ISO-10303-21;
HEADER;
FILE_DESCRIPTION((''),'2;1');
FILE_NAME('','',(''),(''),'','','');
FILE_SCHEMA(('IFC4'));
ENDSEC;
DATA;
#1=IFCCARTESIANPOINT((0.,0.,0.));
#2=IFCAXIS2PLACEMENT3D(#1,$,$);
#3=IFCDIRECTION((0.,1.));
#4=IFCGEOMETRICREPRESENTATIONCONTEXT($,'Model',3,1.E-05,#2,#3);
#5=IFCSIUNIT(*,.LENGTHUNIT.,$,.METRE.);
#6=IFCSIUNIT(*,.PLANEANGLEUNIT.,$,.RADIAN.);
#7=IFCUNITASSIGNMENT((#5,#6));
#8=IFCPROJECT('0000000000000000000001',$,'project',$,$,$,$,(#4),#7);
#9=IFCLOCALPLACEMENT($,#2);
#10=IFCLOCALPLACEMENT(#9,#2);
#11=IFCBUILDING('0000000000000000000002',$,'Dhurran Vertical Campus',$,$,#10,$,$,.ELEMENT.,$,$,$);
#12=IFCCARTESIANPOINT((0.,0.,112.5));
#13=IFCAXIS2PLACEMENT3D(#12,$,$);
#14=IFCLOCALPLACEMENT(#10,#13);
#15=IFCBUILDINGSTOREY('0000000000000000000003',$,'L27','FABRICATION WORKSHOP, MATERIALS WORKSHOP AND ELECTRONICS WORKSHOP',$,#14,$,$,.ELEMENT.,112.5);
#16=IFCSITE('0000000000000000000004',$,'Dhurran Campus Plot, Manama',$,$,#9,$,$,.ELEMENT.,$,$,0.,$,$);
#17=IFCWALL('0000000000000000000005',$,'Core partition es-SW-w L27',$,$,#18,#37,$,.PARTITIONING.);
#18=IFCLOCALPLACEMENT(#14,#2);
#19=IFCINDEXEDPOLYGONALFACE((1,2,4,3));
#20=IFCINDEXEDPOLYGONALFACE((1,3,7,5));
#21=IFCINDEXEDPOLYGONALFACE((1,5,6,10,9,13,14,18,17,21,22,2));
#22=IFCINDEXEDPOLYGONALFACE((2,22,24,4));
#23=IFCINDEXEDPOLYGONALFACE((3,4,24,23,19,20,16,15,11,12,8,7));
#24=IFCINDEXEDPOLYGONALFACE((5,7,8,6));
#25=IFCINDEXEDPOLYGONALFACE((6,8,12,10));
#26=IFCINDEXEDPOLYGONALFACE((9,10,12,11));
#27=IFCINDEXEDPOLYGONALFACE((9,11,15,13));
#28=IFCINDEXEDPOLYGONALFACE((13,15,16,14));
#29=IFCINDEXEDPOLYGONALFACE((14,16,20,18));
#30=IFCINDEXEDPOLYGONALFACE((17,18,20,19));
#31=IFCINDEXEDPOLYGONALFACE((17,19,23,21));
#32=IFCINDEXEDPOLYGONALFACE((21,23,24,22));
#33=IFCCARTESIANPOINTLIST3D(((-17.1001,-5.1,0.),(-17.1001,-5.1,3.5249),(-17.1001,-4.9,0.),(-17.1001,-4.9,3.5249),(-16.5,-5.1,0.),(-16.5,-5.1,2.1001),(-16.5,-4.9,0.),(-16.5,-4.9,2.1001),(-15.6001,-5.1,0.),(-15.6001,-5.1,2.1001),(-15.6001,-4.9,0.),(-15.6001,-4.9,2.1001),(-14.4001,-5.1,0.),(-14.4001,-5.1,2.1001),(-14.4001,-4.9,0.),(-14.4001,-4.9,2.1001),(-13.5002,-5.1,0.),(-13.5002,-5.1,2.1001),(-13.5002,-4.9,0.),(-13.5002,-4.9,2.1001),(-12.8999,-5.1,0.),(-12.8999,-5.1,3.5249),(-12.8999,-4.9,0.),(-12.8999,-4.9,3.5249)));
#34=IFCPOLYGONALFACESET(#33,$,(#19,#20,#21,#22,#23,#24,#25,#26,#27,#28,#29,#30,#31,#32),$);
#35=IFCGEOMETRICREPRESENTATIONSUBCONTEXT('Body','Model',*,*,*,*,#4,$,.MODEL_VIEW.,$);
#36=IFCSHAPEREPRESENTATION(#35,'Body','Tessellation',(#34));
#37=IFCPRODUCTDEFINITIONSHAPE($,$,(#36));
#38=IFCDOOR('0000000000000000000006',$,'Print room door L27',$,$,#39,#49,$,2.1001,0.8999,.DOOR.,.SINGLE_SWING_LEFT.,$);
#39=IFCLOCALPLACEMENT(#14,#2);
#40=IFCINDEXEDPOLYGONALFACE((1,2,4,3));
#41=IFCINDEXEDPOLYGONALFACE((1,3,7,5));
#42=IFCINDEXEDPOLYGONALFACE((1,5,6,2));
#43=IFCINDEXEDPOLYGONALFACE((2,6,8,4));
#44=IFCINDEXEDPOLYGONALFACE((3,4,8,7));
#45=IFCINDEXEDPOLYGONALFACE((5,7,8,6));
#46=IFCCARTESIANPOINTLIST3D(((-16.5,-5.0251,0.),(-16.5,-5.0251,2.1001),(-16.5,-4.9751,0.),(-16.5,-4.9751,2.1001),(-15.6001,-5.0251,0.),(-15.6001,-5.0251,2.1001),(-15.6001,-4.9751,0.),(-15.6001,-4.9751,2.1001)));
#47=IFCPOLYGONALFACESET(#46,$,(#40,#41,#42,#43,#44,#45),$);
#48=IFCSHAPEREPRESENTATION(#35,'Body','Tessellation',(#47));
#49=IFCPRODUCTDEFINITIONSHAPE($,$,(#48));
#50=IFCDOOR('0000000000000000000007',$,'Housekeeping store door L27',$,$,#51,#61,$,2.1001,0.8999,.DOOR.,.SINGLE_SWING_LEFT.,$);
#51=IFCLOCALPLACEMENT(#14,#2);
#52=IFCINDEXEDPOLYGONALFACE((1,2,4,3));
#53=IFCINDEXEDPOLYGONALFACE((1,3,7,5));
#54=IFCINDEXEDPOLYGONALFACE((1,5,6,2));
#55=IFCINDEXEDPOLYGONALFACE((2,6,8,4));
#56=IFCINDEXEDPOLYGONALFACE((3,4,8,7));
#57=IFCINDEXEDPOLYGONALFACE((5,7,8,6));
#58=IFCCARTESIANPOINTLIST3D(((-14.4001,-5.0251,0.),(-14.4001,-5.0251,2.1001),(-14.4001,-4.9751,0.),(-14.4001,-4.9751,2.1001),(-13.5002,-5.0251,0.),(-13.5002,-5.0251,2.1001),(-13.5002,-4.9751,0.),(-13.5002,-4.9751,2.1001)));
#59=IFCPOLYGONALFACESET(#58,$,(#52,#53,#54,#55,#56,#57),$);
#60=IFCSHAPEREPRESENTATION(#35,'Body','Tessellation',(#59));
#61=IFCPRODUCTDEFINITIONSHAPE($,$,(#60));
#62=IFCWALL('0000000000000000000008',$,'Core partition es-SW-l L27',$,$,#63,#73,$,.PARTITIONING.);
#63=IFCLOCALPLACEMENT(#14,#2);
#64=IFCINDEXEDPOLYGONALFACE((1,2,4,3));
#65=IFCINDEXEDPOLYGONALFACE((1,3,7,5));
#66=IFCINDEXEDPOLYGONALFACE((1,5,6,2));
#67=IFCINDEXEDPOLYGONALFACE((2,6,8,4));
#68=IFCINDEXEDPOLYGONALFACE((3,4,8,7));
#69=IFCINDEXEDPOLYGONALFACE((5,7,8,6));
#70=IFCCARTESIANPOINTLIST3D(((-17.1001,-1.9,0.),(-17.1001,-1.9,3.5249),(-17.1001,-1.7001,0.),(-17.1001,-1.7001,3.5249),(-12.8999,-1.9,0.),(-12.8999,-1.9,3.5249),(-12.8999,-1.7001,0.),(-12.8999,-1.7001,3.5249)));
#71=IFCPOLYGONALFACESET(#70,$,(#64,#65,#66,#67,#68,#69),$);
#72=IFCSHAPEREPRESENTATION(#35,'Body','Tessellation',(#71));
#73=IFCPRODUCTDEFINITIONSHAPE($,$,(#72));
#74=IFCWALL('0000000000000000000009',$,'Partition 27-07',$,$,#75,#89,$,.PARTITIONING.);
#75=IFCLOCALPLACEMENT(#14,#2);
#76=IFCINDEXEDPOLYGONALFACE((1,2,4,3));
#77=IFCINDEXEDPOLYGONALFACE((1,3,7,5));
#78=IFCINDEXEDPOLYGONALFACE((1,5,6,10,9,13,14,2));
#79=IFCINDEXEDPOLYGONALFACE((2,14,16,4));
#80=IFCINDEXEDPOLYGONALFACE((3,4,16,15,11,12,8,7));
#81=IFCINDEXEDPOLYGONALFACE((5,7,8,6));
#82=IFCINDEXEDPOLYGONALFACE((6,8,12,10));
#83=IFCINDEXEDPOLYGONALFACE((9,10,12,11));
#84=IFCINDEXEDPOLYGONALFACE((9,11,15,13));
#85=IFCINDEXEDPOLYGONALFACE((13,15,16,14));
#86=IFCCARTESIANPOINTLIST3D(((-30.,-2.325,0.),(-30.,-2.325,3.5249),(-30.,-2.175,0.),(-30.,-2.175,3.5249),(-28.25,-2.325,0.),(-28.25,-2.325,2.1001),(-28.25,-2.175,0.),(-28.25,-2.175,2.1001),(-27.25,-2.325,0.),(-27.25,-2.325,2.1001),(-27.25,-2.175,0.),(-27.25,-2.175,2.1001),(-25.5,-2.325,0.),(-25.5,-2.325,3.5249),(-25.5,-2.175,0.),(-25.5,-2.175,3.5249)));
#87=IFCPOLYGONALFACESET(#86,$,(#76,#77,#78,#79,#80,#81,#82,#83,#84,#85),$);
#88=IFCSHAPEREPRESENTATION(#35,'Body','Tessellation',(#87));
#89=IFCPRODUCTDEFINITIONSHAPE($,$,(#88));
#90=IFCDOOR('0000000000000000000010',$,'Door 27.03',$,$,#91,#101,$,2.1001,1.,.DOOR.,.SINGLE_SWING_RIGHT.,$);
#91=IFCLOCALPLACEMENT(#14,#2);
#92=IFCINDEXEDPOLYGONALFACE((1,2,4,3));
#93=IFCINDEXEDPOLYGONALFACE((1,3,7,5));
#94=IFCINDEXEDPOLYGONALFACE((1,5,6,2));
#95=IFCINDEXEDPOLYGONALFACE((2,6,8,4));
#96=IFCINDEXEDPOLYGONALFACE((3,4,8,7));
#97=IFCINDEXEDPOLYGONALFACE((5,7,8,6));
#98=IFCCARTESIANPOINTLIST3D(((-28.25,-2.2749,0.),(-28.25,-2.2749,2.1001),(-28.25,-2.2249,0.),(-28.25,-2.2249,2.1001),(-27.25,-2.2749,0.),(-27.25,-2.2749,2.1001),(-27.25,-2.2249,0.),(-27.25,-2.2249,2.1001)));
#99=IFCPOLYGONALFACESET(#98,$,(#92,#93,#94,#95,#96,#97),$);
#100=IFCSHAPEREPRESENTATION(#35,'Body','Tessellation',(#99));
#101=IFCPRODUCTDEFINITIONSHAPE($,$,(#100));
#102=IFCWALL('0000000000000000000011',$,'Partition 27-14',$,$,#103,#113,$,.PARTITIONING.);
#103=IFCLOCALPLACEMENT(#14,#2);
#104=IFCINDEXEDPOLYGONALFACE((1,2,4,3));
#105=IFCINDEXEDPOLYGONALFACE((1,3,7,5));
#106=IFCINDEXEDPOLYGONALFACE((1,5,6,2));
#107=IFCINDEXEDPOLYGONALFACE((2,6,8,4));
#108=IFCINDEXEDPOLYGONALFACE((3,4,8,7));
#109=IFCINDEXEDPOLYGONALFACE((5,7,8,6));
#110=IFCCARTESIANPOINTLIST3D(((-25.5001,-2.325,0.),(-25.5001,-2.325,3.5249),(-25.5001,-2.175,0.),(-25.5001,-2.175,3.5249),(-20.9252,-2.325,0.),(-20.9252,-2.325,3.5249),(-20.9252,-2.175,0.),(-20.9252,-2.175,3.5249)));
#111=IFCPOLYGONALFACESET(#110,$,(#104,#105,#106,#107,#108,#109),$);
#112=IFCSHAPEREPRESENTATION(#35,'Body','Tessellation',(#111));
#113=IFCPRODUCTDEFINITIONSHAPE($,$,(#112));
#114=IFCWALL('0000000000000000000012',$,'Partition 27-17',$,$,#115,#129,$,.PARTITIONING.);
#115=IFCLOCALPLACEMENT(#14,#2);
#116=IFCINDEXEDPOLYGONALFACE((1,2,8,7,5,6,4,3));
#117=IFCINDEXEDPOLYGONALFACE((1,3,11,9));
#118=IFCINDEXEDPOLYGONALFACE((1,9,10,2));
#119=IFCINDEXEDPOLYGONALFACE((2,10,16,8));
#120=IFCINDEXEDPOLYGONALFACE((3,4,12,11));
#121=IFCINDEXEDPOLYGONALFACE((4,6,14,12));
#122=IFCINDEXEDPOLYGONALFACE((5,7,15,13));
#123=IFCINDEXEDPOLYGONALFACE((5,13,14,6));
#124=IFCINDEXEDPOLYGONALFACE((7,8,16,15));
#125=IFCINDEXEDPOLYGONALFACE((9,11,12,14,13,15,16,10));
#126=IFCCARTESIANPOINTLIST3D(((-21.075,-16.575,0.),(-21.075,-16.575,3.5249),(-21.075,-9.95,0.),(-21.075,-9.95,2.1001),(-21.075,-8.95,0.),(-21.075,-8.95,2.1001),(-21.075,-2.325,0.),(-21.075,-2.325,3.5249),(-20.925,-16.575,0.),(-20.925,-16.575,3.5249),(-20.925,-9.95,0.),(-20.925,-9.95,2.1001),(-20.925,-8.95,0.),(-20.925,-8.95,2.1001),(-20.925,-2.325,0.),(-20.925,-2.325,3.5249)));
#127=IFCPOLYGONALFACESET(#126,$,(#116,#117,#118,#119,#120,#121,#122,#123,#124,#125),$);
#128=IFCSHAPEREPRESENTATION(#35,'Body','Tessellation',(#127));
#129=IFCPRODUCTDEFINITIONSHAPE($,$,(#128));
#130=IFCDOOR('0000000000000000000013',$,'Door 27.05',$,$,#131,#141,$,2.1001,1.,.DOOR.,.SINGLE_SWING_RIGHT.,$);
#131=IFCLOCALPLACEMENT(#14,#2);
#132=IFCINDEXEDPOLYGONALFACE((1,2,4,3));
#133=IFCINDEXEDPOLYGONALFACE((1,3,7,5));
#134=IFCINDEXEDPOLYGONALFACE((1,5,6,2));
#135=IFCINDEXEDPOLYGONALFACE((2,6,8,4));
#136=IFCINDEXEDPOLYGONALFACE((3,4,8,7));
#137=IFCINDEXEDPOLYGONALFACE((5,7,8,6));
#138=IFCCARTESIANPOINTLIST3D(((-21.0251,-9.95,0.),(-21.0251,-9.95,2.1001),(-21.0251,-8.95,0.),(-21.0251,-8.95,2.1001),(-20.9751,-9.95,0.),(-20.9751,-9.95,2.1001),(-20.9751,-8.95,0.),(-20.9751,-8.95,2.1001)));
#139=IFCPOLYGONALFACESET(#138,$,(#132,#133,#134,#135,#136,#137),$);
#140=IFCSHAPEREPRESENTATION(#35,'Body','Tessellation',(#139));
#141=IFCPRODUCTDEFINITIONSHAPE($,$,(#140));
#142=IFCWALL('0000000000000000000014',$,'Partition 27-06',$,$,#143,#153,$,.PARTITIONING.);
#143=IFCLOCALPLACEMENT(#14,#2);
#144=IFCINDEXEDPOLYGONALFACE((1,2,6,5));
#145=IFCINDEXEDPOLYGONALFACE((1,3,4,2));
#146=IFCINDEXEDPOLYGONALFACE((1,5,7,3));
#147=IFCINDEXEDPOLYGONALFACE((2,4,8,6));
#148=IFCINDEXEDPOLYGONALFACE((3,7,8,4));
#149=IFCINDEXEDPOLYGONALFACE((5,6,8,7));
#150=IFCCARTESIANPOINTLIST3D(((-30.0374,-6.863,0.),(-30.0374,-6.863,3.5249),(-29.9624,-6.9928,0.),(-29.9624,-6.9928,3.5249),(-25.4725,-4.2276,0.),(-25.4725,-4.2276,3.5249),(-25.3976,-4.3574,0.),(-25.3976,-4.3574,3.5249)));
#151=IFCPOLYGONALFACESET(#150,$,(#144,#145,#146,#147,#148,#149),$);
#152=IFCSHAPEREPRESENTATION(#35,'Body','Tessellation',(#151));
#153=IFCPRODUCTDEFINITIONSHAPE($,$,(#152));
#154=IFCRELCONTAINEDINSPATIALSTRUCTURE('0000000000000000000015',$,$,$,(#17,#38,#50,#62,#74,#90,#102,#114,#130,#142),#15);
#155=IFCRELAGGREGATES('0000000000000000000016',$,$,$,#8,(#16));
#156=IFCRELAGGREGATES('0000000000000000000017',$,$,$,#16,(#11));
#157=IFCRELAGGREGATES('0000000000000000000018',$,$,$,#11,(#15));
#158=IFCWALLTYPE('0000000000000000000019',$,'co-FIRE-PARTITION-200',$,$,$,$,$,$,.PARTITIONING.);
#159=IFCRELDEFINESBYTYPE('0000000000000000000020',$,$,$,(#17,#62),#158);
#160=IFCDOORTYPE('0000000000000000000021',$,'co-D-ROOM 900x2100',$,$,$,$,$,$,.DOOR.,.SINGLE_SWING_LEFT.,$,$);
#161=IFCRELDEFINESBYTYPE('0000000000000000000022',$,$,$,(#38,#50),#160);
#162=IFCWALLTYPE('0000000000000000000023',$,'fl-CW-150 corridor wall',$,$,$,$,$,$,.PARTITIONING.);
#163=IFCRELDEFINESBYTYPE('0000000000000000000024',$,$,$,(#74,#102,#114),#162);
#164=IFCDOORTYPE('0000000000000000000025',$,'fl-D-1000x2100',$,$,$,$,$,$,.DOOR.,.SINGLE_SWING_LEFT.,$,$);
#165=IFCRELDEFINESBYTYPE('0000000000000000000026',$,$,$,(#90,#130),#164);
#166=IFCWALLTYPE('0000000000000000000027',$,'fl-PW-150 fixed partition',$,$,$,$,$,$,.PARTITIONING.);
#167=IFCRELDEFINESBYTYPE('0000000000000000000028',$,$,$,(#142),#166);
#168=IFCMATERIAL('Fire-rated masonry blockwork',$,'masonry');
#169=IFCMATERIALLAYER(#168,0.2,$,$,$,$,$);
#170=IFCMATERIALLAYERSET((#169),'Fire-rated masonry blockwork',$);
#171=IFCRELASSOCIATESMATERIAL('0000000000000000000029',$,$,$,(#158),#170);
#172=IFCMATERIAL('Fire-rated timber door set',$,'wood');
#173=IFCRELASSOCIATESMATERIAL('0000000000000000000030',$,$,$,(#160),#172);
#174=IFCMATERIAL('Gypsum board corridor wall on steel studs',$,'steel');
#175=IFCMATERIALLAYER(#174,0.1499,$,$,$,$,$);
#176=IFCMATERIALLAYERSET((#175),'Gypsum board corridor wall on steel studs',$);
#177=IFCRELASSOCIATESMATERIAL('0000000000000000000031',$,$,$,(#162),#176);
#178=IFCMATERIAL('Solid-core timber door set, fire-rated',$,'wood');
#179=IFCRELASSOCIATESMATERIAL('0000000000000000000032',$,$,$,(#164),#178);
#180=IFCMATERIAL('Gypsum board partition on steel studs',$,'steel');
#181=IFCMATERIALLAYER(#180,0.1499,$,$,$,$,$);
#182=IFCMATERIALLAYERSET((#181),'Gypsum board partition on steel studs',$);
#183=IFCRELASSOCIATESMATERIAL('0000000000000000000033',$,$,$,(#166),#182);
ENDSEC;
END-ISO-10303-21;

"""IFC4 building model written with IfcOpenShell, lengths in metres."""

from ifc_helpers import new_model, si_unit, direction, frame, frame_2d, origin, place, context, subcontext, project, spatial, rectangle, extrude, material, layer, layer_set, type_object, element, fill, save


model = new_model("IFC4")

# Units and contexts
model_context = context("Model", 3, precision=1e-05, world=origin(), true_north=direction((0.0, 1.0)))
body_context = subcontext(model_context, "Body", "Model", "MODEL_VIEW")
ifc_project = project(units=[si_unit("LENGTHUNIT", "METRE"), si_unit("PLANEANGLEUNIT", "RADIAN")], contexts=[model_context])

# Site, building, storey
site_placement = place(None, origin())
site = spatial("IfcSite", under=ifc_project, at=site_placement, Name="Dhurran Campus Plot, Manama", CompositionType="ELEMENT", RefElevation=0.0)
building_placement = place(site_placement, origin())
building = spatial("IfcBuilding", under=site, at=building_placement, Name="Dhurran Vertical Campus", CompositionType="ELEMENT")
storey_placement = place(building_placement, frame((0.0, 0.0, 112.5)))
storey = spatial("IfcBuildingStorey", under=building, at=storey_placement, Name="L27", Description="FABRICATION WORKSHOP, MATERIALS WORKSHOP AND ELECTRONICS WORKSHOP", CompositionType="ELEMENT", Elevation=112.5)

# Shared definitions
ifc_material_1 = material(Name="Fire-rated masonry blockwork", Category="masonry")
ifc_layer_1 = layer(ifc_material_1, 0.2)
ifc_layer_set_1 = layer_set([ifc_layer_1], Name="Fire-rated masonry blockwork")
wall_type_1 = type_object("IfcWallType", Name="co-FIRE-PARTITION-200", PredefinedType="PARTITIONING", material=ifc_layer_set_1)

# Wall, openings, doors
ifc_material_2 = material(Name="Fire-rated timber door set", Category="wood")
door_type_1 = type_object("IfcDoorType", Name="co-D-ROOM 900x2100", OperationType="SINGLE_SWING_LEFT", PredefinedType="DOOR", material=ifc_material_2)
wall_1_placement = place(storey_placement, frame((-17.1001, -5.0, 0.0), z_axis=(0.0, 0.0, 1.0), x_axis=(1.0, 0.0, 0.0)))
wall_1 = element("IfcWall", 1, at=wall_1_placement, inside=storey, type_object=wall_type_1, Name="Core partition es-SW-w L27", PredefinedType="PARTITIONING", context=body_context, shape_type="SweptSolid", body=[
    extrude(rectangle(XDim=4.2002, YDim=0.2, at=frame_2d((2.1001, 0.0))), origin(), (0.0, 0.0, 1.0), 3.5249),
])
opening_1_placement = place(wall_1_placement, frame((0.6001, 0.0, 0.0)))
opening_1 = element("IfcOpeningElement", 2, at=opening_1_placement, cuts=wall_1, PredefinedType="OPENING", context=body_context, shape_type="SweptSolid", body=[
    extrude(rectangle(XDim=0.8999, YDim=2.1001, at=frame_2d((0.45, 1.05))), frame((0.0, 0.1099, 0.0), z_axis=(0.0, -1.0, 0.0), x_axis=(1.0, 0.0, 0.0)), (0.0, 0.0, 1.0), 0.22),
])
opening_2_placement = place(wall_1_placement, frame((2.7, 0.0, 0.0)))
opening_2 = element("IfcOpeningElement", 3, at=opening_2_placement, cuts=wall_1, PredefinedType="OPENING", context=body_context, shape_type="SweptSolid", body=[
    extrude(rectangle(XDim=0.8999, YDim=2.1001, at=frame_2d((0.45, 1.05))), frame((0.0, 0.1099, 0.0), z_axis=(0.0, -1.0, 0.0), x_axis=(1.0, 0.0, 0.0)), (0.0, 0.0, 1.0), 0.22),
])
door_1_placement = place(opening_1_placement, origin())
door_1 = element("IfcDoor", 4, at=door_1_placement, inside=storey, type_object=door_type_1, Name="Print room door L27", OperationType="SINGLE_SWING_LEFT", OverallHeight=2.1001, OverallWidth=0.8999, PredefinedType="DOOR", context=body_context, shape_type="SweptSolid", body=[
    extrude(rectangle(XDim=0.8999, YDim=2.1001, at=frame_2d((0.45, 1.05))), frame((0.0, 0.0249, 0.0), z_axis=(0.0, -1.0, 0.0), x_axis=(1.0, 0.0, 0.0)), (0.0, 0.0, 1.0), 0.05),
])
fill(opening_1, door_1)
door_2_placement = place(opening_2_placement, origin())
door_2 = element("IfcDoor", 5, at=door_2_placement, inside=storey, type_object=door_type_1, Name="Housekeeping store door L27", OperationType="SINGLE_SWING_LEFT", OverallHeight=2.1001, OverallWidth=0.8999, PredefinedType="DOOR", context=body_context, shape_type="SweptSolid", body=[
    extrude(rectangle(XDim=0.8999, YDim=2.1001, at=frame_2d((0.45, 1.05))), frame((0.0, 0.0249, 0.0), z_axis=(0.0, -1.0, 0.0), x_axis=(1.0, 0.0, 0.0)), (0.0, 0.0, 1.0), 0.05),
])
fill(opening_2, door_2)

# Wall
wall_2_placement = place(storey_placement, frame((-17.1001, -1.8, 0.0), z_axis=(0.0, 0.0, 1.0), x_axis=(1.0, 0.0, 0.0)))
element("IfcWall", 6, at=wall_2_placement, inside=storey, type_object=wall_type_1, Name="Core partition es-SW-l L27", PredefinedType="PARTITIONING", context=body_context, shape_type="SweptSolid", body=[
    extrude(rectangle(XDim=4.2002, YDim=0.2, at=frame_2d((2.1001, 0.0))), origin(), (0.0, 0.0, 1.0), 3.5249),
])

# Wall, opening, door
ifc_material_3 = material(Name="Gypsum board corridor wall on steel studs", Category="steel")
ifc_layer_2 = layer(ifc_material_3, 0.1499)
ifc_layer_set_2 = layer_set([ifc_layer_2], Name="Gypsum board corridor wall on steel studs")
wall_type_2 = type_object("IfcWallType", Name="fl-CW-150 corridor wall", PredefinedType="PARTITIONING", material=ifc_layer_set_2)
wall_3_placement = place(storey_placement, frame((-25.5, -2.25, 0.0), z_axis=(0.0, 0.0, 1.0), x_axis=(-1.0, 0.0, 0.0)))
wall_3 = element("IfcWall", 7, at=wall_3_placement, inside=storey, type_object=wall_type_2, Name="Partition 27-07", PredefinedType="PARTITIONING", context=body_context, shape_type="SweptSolid", body=[
    extrude(rectangle(XDim=4.5, YDim=0.1499, at=frame_2d((2.25, 0.0))), origin(), (0.0, 0.0, 1.0), 3.5249),
])
opening_3_placement = place(wall_3_placement, frame((1.75, 0.0, 0.0)))
opening_3 = element("IfcOpeningElement", 8, at=opening_3_placement, cuts=wall_3, PredefinedType="OPENING", context=body_context, shape_type="SweptSolid", body=[
    extrude(rectangle(XDim=1.0, YDim=2.1001, at=frame_2d((0.5, 1.05))), frame((0.0, 0.085, 0.0), z_axis=(0.0, -1.0, 0.0), x_axis=(1.0, 0.0, 0.0)), (0.0, 0.0, 1.0), 0.1699),
])
ifc_material_4 = material(Name="Solid-core timber door set, fire-rated", Category="wood")
door_type_2 = type_object("IfcDoorType", Name="fl-D-1000x2100", OperationType="SINGLE_SWING_LEFT", PredefinedType="DOOR", material=ifc_material_4)
door_3_placement = place(opening_3_placement, origin())
door_3 = element("IfcDoor", 9, at=door_3_placement, inside=storey, type_object=door_type_2, Name="Door 27.03", OperationType="SINGLE_SWING_RIGHT", OverallHeight=2.1001, OverallWidth=1.0, PredefinedType="DOOR", context=body_context, shape_type="SweptSolid", body=[
    extrude(rectangle(XDim=1.0, YDim=2.1001, at=frame_2d((0.5, 1.05))), frame((0.0, 0.0249, 0.0), z_axis=(0.0, -1.0, 0.0), x_axis=(1.0, 0.0, 0.0)), (0.0, 0.0, 1.0), 0.05),
])
fill(opening_3, door_3)

# Wall
wall_4_placement = place(storey_placement, frame((-20.925, -2.25, 0.0), z_axis=(0.0, 0.0, 1.0), x_axis=(-1.0, 0.0, 0.0)))
element("IfcWall", 10, at=wall_4_placement, inside=storey, type_object=wall_type_2, Name="Partition 27-14", PredefinedType="PARTITIONING", context=body_context, shape_type="SweptSolid", body=[
    extrude(rectangle(XDim=4.575, YDim=0.1499, at=frame_2d((2.2876, 0.0))), origin(), (0.0, 0.0, 1.0), 3.5249),
])

# Wall, opening, door
wall_5_placement = place(storey_placement, frame((-21.0, -2.325, 0.0), z_axis=(0.0, 0.0, 1.0), x_axis=(0.0, -1.0, 0.0)))
wall_5 = element("IfcWall", 11, at=wall_5_placement, inside=storey, type_object=wall_type_2, Name="Partition 27-17", PredefinedType="PARTITIONING", context=body_context, shape_type="SweptSolid", body=[
    extrude(rectangle(XDim=14.25, YDim=0.1499, at=frame_2d((7.125, 0.0))), origin(), (0.0, 0.0, 1.0), 3.5249),
])
opening_4_placement = place(wall_5_placement, frame((6.625, 0.0, 0.0)))
opening_4 = element("IfcOpeningElement", 12, at=opening_4_placement, cuts=wall_5, PredefinedType="OPENING", context=body_context, shape_type="SweptSolid", body=[
    extrude(rectangle(XDim=1.0, YDim=2.1001, at=frame_2d((0.5, 1.05))), frame((0.0, 0.085, 0.0), z_axis=(0.0, -1.0, 0.0), x_axis=(1.0, 0.0, 0.0)), (0.0, 0.0, 1.0), 0.1699),
])
door_4_placement = place(opening_4_placement, origin())
door_4 = element("IfcDoor", 13, at=door_4_placement, inside=storey, type_object=door_type_2, Name="Door 27.05", OperationType="SINGLE_SWING_RIGHT", OverallHeight=2.1001, OverallWidth=1.0, PredefinedType="DOOR", context=body_context, shape_type="SweptSolid", body=[
    extrude(rectangle(XDim=1.0, YDim=2.1001, at=frame_2d((0.5, 1.05))), frame((0.0, 0.0249, 0.0), z_axis=(0.0, -1.0, 0.0), x_axis=(1.0, 0.0, 0.0)), (0.0, 0.0, 1.0), 0.05),
])
fill(opening_4, door_4)

# Wall
ifc_material_5 = material(Name="Gypsum board partition on steel studs", Category="steel")
ifc_layer_3 = layer(ifc_material_5, 0.1499)
ifc_layer_set_3 = layer_set([ifc_layer_3], Name="Gypsum board partition on steel studs")
wall_type_3 = type_object("IfcWallType", Name="fl-PW-150 fixed partition", PredefinedType="PARTITIONING", material=ifc_layer_set_3)
wall_6_placement = place(storey_placement, frame((-25.4351, -4.2925, 0.0), z_axis=(0.0, 0.0, 1.0), x_axis=(-0.866031, -0.49999, 0.0)))
element("IfcWall", 14, at=wall_6_placement, inside=storey, type_object=wall_type_3, Name="Partition 27-06", PredefinedType="PARTITIONING", context=body_context, shape_type="SweptSolid", body=[
    extrude(rectangle(XDim=5.271, YDim=0.1499, at=frame_2d((2.6355, 0.0))), origin(), (0.0, 0.0, 1.0), 3.5249),
])

save(model, "model.ifc")
